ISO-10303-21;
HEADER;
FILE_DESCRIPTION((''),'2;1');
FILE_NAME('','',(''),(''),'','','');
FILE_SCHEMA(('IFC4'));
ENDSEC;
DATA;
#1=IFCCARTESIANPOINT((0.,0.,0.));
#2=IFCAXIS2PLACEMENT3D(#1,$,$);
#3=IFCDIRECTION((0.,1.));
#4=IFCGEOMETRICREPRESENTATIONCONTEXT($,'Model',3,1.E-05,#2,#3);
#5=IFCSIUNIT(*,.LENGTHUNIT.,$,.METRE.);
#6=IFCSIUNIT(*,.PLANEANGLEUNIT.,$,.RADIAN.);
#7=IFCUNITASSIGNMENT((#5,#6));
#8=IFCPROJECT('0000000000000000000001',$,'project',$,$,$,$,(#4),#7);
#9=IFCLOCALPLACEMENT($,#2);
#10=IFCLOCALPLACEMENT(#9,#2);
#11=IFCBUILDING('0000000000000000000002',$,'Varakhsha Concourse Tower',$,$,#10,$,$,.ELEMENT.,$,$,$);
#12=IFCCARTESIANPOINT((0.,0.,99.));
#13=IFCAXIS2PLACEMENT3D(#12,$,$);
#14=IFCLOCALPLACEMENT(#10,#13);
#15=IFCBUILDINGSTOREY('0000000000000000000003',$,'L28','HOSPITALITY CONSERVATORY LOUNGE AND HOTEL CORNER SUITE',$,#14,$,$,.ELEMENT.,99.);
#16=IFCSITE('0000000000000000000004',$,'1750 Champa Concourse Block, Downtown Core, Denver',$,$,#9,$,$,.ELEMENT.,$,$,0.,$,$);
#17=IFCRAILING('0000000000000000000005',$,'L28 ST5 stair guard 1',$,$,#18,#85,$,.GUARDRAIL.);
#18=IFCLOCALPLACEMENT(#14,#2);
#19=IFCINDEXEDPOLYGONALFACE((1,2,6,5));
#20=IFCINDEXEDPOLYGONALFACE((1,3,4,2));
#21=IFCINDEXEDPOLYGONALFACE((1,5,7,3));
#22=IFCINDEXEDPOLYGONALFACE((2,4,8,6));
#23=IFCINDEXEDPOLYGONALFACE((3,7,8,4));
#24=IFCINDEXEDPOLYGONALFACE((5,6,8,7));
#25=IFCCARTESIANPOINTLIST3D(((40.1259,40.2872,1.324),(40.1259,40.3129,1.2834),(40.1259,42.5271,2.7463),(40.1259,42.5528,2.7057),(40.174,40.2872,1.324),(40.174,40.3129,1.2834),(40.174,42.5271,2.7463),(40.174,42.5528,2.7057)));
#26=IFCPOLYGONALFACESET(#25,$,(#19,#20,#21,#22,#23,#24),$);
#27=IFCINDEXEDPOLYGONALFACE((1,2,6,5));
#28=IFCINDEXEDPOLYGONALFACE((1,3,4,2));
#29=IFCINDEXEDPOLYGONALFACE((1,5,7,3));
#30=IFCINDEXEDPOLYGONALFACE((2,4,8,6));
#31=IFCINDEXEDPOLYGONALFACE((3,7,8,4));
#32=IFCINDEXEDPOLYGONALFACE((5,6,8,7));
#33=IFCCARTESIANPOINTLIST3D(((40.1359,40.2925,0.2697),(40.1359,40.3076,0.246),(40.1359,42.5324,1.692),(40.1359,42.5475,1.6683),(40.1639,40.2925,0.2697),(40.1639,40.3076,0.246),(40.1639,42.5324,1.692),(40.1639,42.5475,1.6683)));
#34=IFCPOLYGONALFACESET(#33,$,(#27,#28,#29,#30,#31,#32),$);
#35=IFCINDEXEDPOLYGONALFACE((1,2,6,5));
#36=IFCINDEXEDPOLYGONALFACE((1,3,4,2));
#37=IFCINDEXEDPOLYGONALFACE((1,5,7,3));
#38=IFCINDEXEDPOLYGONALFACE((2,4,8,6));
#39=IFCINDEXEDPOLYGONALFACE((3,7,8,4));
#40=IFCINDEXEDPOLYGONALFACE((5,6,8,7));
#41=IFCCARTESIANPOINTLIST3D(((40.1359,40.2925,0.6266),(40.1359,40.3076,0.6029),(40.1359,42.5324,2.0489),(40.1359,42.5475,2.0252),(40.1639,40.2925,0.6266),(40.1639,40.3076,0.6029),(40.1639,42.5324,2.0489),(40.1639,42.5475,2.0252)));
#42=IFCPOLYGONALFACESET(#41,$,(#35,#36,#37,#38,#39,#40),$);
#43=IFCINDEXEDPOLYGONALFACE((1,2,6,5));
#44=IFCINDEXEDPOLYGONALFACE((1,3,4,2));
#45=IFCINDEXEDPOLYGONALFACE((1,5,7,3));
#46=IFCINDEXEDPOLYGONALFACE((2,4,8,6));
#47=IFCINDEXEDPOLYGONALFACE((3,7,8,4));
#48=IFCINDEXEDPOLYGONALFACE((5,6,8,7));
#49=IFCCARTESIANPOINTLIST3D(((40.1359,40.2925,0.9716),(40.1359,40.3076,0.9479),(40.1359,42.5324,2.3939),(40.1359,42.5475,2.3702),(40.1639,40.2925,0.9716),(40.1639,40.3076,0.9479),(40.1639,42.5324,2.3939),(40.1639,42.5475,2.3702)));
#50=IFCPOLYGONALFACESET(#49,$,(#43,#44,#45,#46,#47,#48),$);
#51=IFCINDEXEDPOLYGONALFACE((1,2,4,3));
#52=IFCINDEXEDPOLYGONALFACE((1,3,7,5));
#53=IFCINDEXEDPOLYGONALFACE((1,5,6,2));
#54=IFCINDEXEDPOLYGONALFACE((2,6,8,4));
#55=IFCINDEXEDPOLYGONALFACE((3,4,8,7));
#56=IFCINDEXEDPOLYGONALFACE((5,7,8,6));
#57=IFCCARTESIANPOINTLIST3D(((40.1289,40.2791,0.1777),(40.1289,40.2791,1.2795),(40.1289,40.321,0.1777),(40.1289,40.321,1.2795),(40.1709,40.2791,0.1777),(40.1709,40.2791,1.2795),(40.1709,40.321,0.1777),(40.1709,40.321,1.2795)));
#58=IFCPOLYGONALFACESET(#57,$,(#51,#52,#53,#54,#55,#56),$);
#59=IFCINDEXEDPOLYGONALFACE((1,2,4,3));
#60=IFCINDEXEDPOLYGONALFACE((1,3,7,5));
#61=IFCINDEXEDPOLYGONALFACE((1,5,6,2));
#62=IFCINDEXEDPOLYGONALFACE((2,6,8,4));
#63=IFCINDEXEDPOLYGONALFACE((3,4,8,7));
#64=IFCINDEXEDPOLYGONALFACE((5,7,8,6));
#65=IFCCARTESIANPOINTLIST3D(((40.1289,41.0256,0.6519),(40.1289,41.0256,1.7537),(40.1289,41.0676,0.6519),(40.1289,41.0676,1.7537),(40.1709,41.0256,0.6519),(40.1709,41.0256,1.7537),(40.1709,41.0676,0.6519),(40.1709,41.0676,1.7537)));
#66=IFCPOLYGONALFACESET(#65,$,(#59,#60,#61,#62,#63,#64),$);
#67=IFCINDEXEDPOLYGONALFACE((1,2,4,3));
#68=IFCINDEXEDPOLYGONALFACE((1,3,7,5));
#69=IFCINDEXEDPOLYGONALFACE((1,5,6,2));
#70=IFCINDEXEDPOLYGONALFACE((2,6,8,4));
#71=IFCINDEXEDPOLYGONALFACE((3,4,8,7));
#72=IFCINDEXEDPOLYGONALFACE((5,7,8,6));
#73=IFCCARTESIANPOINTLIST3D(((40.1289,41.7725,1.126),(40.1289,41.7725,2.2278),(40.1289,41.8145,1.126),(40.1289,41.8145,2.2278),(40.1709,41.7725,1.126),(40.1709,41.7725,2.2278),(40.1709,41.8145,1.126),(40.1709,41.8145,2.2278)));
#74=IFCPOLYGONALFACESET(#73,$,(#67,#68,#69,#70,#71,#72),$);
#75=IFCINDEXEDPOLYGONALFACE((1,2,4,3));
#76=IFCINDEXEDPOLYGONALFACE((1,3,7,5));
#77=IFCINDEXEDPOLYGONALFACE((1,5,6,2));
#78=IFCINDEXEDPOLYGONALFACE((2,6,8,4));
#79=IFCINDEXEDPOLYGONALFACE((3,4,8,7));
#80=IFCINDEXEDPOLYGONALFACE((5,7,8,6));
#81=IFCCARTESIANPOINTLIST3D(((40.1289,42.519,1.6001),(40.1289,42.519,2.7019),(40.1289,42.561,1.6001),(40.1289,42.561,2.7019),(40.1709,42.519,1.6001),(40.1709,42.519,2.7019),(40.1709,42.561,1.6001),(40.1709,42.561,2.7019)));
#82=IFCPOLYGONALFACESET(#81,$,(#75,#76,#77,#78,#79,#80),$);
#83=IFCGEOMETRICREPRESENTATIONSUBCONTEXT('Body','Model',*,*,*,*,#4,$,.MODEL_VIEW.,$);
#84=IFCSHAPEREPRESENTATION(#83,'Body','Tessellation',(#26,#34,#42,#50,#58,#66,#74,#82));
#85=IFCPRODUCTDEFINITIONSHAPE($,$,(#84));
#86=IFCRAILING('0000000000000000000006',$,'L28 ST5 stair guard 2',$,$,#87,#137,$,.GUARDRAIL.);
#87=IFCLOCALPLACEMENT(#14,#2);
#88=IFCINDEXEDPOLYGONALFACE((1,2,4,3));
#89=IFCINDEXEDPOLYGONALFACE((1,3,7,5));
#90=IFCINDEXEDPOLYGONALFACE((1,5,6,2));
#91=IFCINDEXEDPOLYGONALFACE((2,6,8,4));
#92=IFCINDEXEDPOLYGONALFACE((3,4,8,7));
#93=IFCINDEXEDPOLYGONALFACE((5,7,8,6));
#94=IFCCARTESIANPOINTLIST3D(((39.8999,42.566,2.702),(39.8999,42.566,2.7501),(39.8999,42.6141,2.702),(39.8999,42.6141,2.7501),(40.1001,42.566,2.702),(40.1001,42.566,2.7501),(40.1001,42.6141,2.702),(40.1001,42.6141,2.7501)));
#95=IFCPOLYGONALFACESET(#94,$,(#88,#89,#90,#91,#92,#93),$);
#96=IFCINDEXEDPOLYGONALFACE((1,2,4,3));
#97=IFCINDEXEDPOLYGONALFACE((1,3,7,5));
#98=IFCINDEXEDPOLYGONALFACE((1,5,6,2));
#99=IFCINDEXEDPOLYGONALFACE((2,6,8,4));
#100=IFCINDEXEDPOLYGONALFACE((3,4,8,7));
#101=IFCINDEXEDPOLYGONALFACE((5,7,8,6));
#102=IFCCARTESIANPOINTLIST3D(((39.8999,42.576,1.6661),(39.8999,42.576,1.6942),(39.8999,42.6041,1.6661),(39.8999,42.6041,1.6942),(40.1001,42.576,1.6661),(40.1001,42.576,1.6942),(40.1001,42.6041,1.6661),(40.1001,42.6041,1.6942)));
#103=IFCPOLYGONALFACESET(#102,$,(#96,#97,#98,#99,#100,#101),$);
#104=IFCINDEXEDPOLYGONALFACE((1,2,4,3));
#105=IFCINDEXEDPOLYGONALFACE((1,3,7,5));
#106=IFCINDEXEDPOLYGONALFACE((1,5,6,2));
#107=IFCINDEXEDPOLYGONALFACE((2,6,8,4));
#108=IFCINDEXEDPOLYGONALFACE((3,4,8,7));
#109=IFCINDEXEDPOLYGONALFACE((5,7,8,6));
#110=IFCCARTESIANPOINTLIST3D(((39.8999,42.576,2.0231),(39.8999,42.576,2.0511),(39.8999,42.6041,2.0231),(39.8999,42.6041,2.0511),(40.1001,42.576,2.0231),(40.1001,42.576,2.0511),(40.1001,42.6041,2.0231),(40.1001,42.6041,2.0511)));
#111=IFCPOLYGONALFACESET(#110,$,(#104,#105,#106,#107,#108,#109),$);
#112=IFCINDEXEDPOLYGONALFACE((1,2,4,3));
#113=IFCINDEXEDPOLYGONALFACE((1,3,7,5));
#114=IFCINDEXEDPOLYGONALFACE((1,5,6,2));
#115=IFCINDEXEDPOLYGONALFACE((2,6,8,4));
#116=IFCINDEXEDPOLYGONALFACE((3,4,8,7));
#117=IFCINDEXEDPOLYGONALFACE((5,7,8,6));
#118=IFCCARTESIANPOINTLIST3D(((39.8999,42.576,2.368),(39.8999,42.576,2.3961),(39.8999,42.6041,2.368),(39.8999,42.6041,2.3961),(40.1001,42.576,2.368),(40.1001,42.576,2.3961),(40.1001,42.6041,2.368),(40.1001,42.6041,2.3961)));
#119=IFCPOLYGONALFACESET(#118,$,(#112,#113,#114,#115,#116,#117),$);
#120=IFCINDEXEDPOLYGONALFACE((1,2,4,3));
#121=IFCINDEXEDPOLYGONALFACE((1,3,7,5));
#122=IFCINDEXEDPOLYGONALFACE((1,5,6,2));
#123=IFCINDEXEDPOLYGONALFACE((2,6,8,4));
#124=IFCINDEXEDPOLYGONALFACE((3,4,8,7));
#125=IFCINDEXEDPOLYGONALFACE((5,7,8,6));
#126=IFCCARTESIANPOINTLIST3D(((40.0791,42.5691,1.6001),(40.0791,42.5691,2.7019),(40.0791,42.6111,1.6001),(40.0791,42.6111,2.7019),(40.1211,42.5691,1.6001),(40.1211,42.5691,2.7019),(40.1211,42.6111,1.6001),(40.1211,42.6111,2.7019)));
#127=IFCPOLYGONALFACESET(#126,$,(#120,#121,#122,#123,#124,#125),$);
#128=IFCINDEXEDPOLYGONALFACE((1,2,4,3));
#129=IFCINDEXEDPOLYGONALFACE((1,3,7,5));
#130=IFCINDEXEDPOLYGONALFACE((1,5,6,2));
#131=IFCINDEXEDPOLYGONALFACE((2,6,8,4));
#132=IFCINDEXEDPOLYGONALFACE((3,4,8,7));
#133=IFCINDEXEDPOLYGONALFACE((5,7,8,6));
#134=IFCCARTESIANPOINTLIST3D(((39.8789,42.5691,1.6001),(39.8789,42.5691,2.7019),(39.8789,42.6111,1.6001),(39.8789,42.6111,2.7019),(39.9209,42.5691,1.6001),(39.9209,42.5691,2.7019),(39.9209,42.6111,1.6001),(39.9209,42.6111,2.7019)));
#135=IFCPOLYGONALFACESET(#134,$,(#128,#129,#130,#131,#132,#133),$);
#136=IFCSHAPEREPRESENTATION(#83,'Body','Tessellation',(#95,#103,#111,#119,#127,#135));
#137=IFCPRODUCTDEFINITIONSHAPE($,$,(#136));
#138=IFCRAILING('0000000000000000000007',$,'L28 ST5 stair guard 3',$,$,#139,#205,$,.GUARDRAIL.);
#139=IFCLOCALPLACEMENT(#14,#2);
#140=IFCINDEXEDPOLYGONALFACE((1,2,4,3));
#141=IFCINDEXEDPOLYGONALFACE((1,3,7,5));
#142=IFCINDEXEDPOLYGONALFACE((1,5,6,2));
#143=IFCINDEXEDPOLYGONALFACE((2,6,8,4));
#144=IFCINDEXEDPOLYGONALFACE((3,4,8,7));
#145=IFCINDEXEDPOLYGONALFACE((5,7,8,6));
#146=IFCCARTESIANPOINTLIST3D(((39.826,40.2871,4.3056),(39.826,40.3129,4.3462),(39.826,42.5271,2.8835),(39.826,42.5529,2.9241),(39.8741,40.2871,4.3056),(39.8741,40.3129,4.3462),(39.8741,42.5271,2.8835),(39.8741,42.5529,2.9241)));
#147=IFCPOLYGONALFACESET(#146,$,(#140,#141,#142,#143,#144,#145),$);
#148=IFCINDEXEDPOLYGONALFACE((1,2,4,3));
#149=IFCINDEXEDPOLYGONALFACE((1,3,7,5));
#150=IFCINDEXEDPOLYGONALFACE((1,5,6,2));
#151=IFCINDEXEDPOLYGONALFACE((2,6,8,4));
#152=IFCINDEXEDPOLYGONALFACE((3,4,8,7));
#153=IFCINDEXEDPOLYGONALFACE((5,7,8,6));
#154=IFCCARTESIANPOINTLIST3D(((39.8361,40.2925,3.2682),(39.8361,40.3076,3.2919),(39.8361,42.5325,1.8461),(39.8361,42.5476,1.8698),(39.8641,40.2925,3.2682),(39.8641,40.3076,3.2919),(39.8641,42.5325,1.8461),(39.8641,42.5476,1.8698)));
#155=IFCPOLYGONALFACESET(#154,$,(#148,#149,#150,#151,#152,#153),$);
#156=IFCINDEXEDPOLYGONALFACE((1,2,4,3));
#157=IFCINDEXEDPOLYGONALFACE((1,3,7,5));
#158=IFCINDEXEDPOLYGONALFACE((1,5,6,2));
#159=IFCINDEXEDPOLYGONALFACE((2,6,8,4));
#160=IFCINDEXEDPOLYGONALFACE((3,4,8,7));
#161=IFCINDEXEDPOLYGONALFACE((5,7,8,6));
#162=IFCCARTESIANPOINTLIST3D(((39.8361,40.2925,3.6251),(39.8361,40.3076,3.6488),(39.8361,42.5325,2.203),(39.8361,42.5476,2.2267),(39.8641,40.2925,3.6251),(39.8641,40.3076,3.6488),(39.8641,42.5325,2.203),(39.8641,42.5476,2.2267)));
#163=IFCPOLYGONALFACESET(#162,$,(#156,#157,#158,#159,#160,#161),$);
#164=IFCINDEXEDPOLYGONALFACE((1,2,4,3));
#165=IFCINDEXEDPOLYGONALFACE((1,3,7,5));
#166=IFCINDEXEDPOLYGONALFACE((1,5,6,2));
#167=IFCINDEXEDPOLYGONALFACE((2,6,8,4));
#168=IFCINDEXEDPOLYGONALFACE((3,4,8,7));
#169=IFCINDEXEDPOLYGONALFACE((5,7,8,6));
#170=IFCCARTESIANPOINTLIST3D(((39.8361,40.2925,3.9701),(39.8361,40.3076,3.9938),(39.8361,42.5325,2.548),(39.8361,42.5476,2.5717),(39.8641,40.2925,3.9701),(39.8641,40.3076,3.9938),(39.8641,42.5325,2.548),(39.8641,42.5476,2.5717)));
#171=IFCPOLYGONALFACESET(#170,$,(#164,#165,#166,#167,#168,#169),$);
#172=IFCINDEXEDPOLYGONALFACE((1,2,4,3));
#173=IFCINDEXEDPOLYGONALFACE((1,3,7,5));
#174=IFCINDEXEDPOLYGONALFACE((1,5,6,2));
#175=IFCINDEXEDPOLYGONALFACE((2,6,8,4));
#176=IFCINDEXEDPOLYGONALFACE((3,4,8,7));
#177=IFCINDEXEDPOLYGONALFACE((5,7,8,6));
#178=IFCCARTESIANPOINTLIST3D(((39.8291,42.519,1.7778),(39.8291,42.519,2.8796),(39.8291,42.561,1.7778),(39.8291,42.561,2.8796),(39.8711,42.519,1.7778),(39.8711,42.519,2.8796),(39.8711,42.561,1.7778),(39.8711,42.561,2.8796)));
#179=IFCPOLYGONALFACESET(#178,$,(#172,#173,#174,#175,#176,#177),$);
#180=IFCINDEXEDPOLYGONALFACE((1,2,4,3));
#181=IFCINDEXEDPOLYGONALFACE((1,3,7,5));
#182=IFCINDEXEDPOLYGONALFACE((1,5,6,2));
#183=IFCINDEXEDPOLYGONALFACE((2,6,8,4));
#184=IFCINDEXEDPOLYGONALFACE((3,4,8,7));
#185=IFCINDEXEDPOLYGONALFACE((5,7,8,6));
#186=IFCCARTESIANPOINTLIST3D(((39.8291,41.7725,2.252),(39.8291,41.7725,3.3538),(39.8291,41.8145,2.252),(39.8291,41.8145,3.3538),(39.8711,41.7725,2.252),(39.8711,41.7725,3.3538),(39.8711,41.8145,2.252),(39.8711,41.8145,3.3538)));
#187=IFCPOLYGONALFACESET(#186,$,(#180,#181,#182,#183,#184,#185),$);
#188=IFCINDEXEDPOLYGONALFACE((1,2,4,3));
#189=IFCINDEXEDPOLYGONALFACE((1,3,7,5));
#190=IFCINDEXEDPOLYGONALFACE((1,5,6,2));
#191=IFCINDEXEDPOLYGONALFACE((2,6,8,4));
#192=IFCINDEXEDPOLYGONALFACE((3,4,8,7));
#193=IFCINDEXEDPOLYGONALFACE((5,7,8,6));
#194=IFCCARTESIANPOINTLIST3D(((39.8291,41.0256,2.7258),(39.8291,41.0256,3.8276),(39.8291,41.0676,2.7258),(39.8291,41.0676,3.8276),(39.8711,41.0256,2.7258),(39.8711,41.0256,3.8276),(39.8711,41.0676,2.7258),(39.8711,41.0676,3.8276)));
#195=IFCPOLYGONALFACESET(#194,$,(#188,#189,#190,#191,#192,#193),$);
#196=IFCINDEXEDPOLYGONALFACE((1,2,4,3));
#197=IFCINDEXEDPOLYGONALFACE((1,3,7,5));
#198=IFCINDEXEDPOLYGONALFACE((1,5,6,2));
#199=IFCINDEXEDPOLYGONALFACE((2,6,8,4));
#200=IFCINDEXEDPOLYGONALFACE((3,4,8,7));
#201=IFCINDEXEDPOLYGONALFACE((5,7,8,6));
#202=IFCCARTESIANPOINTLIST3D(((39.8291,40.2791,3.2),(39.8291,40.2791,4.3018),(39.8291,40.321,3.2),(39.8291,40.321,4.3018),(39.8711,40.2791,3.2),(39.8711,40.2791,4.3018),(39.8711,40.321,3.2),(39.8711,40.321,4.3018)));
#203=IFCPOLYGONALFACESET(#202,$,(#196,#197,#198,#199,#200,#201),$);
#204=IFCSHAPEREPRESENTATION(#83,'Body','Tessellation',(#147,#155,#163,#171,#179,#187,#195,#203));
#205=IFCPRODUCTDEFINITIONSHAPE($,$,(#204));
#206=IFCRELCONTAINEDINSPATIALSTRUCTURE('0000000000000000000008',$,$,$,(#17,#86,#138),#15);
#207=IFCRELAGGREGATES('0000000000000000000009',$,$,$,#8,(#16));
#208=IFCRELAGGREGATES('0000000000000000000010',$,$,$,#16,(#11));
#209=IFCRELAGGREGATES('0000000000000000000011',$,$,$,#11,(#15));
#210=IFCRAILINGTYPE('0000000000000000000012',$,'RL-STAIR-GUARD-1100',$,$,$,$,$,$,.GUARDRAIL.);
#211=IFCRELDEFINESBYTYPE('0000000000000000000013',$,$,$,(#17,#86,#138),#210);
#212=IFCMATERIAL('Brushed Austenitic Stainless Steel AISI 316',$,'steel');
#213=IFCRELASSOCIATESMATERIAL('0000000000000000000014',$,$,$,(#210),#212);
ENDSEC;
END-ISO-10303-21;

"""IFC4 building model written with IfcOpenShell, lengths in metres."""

from ifc_helpers import new_model, si_unit, direction, frame, origin, origin_2d, place, context, subcontext, project, spatial, rectangle, extrude, material, type_object, element, save


model = new_model("IFC4")

# Units and contexts
model_context = context("Model", 3, precision=1e-05, world=origin(), true_north=direction((0.0, 1.0)))
body_context = subcontext(model_context, "Body", "Model", "MODEL_VIEW")
ifc_project = project(units=[si_unit("LENGTHUNIT", "METRE"), si_unit("PLANEANGLEUNIT", "RADIAN")], contexts=[model_context])

# Site, building, storey
site_placement = place(None, origin())
site = spatial("IfcSite", under=ifc_project, at=site_placement, Name="1750 Champa Concourse Block, Downtown Core, Denver", CompositionType="ELEMENT", RefElevation=0.0)
building_placement = place(site_placement, origin())
building = spatial("IfcBuilding", under=site, at=building_placement, Name="Varakhsha Concourse Tower", CompositionType="ELEMENT")
storey_placement = place(building_placement, frame((0.0, 0.0, 99.0)))
storey = spatial("IfcBuildingStorey", under=building, at=storey_placement, Name="L28", Description="HOSPITALITY CONSERVATORY LOUNGE AND HOTEL CORNER SUITE", CompositionType="ELEMENT", Elevation=99.0)

# Railings
ifc_material_1 = material(Name="Brushed Austenitic Stainless Steel AISI 316", Category="steel")
railing_type_1 = type_object("IfcRailingType", Name="RL-STAIR-GUARD-1100", PredefinedType="GUARDRAIL", material=ifc_material_1)
railing_1_placement = place(storey_placement, frame((40.1499, 40.3, 0.1777)))
element("IfcRailing", 1, at=railing_1_placement, inside=storey, type_object=railing_type_1, Name="L28 ST5 stair guard 1", PredefinedType="GUARDRAIL", context=body_context, shape_type="SweptSolid", body=[
    extrude(rectangle(XDim=0.0481, YDim=0.0481, at=origin_2d()), frame((0.0, 0.0, 1.126), z_axis=(0.0, 0.844188, 0.536048), x_axis=(-1.0, 0.0, 0.0)), (0.0, 0.0, 1.0), 2.6533),
    extrude(rectangle(XDim=0.0281, YDim=0.0281, at=origin_2d()), frame((0.0, 0.0, 0.0801), z_axis=(0.0, 0.844188, 0.536048), x_axis=(-1.0, 0.0, 0.0)), (0.0, 0.0, 1.0), 2.6533),
    extrude(rectangle(XDim=0.0281, YDim=0.0281, at=origin_2d()), frame((0.0, 0.0, 0.437), z_axis=(0.0, 0.844188, 0.536048), x_axis=(-1.0, 0.0, 0.0)), (0.0, 0.0, 1.0), 2.6533),
    extrude(rectangle(XDim=0.0281, YDim=0.0281, at=origin_2d()), frame((0.0, 0.0, 0.782), z_axis=(0.0, 0.844188, 0.536048), x_axis=(-1.0, 0.0, 0.0)), (0.0, 0.0, 1.0), 2.6533),
    extrude(rectangle(XDim=0.042, YDim=0.042, at=origin_2d()), origin(), (0.0, 0.0, 1.0), 1.1018),
    extrude(rectangle(XDim=0.042, YDim=0.042, at=origin_2d()), frame((0.0, 0.7466, 0.4741)), (0.0, 0.0, 1.0), 1.1018),
    extrude(rectangle(XDim=0.042, YDim=0.042, at=origin_2d()), frame((0.0, 1.4934, 0.9482)), (0.0, 0.0, 1.0), 1.1018),
    extrude(rectangle(XDim=0.042, YDim=0.042, at=origin_2d()), frame((0.0, 2.24, 1.4224)), (0.0, 0.0, 1.0), 1.1018),
])
railing_2_placement = place(storey_placement, frame((40.1001, 42.5901, 1.6001)))
element("IfcRailing", 2, at=railing_2_placement, inside=storey, type_object=railing_type_1, Name="L28 ST5 stair guard 2", PredefinedType="GUARDRAIL", context=body_context, shape_type="SweptSolid", body=[
    extrude(rectangle(XDim=0.0481, YDim=0.0481, at=origin_2d()), frame((0.0, 0.0, 1.126), z_axis=(-1.0, 0.0, 0.0), x_axis=(0.0, -1.0, 0.0)), (0.0, 0.0, 1.0), 0.2002),
    extrude(rectangle(XDim=0.0281, YDim=0.0281, at=origin_2d()), frame((0.0, 0.0, 0.0801), z_axis=(-1.0, 0.0, 0.0), x_axis=(0.0, -1.0, 0.0)), (0.0, 0.0, 1.0), 0.2002),
    extrude(rectangle(XDim=0.0281, YDim=0.0281, at=origin_2d()), frame((0.0, 0.0, 0.437), z_axis=(-1.0, 0.0, 0.0), x_axis=(0.0, -1.0, 0.0)), (0.0, 0.0, 1.0), 0.2002),
    extrude(rectangle(XDim=0.0281, YDim=0.0281, at=origin_2d()), frame((0.0, 0.0, 0.782), z_axis=(-1.0, 0.0, 0.0), x_axis=(0.0, -1.0, 0.0)), (0.0, 0.0, 1.0), 0.2002),
    extrude(rectangle(XDim=0.042, YDim=0.042, at=origin_2d()), origin(), (0.0, 0.0, 1.0), 1.1018),
    extrude(rectangle(XDim=0.042, YDim=0.042, at=origin_2d()), frame((-0.2002, 0.0, 0.0)), (0.0, 0.0, 1.0), 1.1018),
])
railing_3_placement = place(storey_placement, frame((39.8501, 42.54, 1.7778)))
element("IfcRailing", 3, at=railing_3_placement, inside=storey, type_object=railing_type_1, Name="L28 ST5 stair guard 3", PredefinedType="GUARDRAIL", context=body_context, shape_type="SweptSolid", body=[
    extrude(rectangle(XDim=0.0481, YDim=0.0481, at=origin_2d()), frame((0.0, 0.0, 1.126), z_axis=(0.0, -0.844229, 0.535982), x_axis=(1.0, 0.0, 0.0)), (0.0, 0.0, 1.0), 2.6533),
    extrude(rectangle(XDim=0.0281, YDim=0.0281, at=origin_2d()), frame((0.0, 0.0, 0.0801), z_axis=(0.0, -0.844229, 0.535982), x_axis=(1.0, 0.0, 0.0)), (0.0, 0.0, 1.0), 2.6533),
    extrude(rectangle(XDim=0.0281, YDim=0.0281, at=origin_2d()), frame((0.0, 0.0, 0.437), z_axis=(0.0, -0.844229, 0.535982), x_axis=(1.0, 0.0, 0.0)), (0.0, 0.0, 1.0), 2.6533),
    extrude(rectangle(XDim=0.0281, YDim=0.0281, at=origin_2d()), frame((0.0, 0.0, 0.782), z_axis=(0.0, -0.844229, 0.535982), x_axis=(1.0, 0.0, 0.0)), (0.0, 0.0, 1.0), 2.6533),
    extrude(rectangle(XDim=0.042, YDim=0.042, at=origin_2d()), origin(), (0.0, 0.0, 1.0), 1.1018),
    extrude(rectangle(XDim=0.042, YDim=0.042, at=origin_2d()), frame((0.0, -0.7466, 0.4741)), (0.0, 0.0, 1.0), 1.1018),
    extrude(rectangle(XDim=0.042, YDim=0.042, at=origin_2d()), frame((0.0, -1.4934, 0.948)), (0.0, 0.0, 1.0), 1.1018),
    extrude(rectangle(XDim=0.042, YDim=0.042, at=origin_2d()), frame((0.0, -2.24, 1.4221)), (0.0, 0.0, 1.0), 1.1018),
])

save(model, "model.ifc")
